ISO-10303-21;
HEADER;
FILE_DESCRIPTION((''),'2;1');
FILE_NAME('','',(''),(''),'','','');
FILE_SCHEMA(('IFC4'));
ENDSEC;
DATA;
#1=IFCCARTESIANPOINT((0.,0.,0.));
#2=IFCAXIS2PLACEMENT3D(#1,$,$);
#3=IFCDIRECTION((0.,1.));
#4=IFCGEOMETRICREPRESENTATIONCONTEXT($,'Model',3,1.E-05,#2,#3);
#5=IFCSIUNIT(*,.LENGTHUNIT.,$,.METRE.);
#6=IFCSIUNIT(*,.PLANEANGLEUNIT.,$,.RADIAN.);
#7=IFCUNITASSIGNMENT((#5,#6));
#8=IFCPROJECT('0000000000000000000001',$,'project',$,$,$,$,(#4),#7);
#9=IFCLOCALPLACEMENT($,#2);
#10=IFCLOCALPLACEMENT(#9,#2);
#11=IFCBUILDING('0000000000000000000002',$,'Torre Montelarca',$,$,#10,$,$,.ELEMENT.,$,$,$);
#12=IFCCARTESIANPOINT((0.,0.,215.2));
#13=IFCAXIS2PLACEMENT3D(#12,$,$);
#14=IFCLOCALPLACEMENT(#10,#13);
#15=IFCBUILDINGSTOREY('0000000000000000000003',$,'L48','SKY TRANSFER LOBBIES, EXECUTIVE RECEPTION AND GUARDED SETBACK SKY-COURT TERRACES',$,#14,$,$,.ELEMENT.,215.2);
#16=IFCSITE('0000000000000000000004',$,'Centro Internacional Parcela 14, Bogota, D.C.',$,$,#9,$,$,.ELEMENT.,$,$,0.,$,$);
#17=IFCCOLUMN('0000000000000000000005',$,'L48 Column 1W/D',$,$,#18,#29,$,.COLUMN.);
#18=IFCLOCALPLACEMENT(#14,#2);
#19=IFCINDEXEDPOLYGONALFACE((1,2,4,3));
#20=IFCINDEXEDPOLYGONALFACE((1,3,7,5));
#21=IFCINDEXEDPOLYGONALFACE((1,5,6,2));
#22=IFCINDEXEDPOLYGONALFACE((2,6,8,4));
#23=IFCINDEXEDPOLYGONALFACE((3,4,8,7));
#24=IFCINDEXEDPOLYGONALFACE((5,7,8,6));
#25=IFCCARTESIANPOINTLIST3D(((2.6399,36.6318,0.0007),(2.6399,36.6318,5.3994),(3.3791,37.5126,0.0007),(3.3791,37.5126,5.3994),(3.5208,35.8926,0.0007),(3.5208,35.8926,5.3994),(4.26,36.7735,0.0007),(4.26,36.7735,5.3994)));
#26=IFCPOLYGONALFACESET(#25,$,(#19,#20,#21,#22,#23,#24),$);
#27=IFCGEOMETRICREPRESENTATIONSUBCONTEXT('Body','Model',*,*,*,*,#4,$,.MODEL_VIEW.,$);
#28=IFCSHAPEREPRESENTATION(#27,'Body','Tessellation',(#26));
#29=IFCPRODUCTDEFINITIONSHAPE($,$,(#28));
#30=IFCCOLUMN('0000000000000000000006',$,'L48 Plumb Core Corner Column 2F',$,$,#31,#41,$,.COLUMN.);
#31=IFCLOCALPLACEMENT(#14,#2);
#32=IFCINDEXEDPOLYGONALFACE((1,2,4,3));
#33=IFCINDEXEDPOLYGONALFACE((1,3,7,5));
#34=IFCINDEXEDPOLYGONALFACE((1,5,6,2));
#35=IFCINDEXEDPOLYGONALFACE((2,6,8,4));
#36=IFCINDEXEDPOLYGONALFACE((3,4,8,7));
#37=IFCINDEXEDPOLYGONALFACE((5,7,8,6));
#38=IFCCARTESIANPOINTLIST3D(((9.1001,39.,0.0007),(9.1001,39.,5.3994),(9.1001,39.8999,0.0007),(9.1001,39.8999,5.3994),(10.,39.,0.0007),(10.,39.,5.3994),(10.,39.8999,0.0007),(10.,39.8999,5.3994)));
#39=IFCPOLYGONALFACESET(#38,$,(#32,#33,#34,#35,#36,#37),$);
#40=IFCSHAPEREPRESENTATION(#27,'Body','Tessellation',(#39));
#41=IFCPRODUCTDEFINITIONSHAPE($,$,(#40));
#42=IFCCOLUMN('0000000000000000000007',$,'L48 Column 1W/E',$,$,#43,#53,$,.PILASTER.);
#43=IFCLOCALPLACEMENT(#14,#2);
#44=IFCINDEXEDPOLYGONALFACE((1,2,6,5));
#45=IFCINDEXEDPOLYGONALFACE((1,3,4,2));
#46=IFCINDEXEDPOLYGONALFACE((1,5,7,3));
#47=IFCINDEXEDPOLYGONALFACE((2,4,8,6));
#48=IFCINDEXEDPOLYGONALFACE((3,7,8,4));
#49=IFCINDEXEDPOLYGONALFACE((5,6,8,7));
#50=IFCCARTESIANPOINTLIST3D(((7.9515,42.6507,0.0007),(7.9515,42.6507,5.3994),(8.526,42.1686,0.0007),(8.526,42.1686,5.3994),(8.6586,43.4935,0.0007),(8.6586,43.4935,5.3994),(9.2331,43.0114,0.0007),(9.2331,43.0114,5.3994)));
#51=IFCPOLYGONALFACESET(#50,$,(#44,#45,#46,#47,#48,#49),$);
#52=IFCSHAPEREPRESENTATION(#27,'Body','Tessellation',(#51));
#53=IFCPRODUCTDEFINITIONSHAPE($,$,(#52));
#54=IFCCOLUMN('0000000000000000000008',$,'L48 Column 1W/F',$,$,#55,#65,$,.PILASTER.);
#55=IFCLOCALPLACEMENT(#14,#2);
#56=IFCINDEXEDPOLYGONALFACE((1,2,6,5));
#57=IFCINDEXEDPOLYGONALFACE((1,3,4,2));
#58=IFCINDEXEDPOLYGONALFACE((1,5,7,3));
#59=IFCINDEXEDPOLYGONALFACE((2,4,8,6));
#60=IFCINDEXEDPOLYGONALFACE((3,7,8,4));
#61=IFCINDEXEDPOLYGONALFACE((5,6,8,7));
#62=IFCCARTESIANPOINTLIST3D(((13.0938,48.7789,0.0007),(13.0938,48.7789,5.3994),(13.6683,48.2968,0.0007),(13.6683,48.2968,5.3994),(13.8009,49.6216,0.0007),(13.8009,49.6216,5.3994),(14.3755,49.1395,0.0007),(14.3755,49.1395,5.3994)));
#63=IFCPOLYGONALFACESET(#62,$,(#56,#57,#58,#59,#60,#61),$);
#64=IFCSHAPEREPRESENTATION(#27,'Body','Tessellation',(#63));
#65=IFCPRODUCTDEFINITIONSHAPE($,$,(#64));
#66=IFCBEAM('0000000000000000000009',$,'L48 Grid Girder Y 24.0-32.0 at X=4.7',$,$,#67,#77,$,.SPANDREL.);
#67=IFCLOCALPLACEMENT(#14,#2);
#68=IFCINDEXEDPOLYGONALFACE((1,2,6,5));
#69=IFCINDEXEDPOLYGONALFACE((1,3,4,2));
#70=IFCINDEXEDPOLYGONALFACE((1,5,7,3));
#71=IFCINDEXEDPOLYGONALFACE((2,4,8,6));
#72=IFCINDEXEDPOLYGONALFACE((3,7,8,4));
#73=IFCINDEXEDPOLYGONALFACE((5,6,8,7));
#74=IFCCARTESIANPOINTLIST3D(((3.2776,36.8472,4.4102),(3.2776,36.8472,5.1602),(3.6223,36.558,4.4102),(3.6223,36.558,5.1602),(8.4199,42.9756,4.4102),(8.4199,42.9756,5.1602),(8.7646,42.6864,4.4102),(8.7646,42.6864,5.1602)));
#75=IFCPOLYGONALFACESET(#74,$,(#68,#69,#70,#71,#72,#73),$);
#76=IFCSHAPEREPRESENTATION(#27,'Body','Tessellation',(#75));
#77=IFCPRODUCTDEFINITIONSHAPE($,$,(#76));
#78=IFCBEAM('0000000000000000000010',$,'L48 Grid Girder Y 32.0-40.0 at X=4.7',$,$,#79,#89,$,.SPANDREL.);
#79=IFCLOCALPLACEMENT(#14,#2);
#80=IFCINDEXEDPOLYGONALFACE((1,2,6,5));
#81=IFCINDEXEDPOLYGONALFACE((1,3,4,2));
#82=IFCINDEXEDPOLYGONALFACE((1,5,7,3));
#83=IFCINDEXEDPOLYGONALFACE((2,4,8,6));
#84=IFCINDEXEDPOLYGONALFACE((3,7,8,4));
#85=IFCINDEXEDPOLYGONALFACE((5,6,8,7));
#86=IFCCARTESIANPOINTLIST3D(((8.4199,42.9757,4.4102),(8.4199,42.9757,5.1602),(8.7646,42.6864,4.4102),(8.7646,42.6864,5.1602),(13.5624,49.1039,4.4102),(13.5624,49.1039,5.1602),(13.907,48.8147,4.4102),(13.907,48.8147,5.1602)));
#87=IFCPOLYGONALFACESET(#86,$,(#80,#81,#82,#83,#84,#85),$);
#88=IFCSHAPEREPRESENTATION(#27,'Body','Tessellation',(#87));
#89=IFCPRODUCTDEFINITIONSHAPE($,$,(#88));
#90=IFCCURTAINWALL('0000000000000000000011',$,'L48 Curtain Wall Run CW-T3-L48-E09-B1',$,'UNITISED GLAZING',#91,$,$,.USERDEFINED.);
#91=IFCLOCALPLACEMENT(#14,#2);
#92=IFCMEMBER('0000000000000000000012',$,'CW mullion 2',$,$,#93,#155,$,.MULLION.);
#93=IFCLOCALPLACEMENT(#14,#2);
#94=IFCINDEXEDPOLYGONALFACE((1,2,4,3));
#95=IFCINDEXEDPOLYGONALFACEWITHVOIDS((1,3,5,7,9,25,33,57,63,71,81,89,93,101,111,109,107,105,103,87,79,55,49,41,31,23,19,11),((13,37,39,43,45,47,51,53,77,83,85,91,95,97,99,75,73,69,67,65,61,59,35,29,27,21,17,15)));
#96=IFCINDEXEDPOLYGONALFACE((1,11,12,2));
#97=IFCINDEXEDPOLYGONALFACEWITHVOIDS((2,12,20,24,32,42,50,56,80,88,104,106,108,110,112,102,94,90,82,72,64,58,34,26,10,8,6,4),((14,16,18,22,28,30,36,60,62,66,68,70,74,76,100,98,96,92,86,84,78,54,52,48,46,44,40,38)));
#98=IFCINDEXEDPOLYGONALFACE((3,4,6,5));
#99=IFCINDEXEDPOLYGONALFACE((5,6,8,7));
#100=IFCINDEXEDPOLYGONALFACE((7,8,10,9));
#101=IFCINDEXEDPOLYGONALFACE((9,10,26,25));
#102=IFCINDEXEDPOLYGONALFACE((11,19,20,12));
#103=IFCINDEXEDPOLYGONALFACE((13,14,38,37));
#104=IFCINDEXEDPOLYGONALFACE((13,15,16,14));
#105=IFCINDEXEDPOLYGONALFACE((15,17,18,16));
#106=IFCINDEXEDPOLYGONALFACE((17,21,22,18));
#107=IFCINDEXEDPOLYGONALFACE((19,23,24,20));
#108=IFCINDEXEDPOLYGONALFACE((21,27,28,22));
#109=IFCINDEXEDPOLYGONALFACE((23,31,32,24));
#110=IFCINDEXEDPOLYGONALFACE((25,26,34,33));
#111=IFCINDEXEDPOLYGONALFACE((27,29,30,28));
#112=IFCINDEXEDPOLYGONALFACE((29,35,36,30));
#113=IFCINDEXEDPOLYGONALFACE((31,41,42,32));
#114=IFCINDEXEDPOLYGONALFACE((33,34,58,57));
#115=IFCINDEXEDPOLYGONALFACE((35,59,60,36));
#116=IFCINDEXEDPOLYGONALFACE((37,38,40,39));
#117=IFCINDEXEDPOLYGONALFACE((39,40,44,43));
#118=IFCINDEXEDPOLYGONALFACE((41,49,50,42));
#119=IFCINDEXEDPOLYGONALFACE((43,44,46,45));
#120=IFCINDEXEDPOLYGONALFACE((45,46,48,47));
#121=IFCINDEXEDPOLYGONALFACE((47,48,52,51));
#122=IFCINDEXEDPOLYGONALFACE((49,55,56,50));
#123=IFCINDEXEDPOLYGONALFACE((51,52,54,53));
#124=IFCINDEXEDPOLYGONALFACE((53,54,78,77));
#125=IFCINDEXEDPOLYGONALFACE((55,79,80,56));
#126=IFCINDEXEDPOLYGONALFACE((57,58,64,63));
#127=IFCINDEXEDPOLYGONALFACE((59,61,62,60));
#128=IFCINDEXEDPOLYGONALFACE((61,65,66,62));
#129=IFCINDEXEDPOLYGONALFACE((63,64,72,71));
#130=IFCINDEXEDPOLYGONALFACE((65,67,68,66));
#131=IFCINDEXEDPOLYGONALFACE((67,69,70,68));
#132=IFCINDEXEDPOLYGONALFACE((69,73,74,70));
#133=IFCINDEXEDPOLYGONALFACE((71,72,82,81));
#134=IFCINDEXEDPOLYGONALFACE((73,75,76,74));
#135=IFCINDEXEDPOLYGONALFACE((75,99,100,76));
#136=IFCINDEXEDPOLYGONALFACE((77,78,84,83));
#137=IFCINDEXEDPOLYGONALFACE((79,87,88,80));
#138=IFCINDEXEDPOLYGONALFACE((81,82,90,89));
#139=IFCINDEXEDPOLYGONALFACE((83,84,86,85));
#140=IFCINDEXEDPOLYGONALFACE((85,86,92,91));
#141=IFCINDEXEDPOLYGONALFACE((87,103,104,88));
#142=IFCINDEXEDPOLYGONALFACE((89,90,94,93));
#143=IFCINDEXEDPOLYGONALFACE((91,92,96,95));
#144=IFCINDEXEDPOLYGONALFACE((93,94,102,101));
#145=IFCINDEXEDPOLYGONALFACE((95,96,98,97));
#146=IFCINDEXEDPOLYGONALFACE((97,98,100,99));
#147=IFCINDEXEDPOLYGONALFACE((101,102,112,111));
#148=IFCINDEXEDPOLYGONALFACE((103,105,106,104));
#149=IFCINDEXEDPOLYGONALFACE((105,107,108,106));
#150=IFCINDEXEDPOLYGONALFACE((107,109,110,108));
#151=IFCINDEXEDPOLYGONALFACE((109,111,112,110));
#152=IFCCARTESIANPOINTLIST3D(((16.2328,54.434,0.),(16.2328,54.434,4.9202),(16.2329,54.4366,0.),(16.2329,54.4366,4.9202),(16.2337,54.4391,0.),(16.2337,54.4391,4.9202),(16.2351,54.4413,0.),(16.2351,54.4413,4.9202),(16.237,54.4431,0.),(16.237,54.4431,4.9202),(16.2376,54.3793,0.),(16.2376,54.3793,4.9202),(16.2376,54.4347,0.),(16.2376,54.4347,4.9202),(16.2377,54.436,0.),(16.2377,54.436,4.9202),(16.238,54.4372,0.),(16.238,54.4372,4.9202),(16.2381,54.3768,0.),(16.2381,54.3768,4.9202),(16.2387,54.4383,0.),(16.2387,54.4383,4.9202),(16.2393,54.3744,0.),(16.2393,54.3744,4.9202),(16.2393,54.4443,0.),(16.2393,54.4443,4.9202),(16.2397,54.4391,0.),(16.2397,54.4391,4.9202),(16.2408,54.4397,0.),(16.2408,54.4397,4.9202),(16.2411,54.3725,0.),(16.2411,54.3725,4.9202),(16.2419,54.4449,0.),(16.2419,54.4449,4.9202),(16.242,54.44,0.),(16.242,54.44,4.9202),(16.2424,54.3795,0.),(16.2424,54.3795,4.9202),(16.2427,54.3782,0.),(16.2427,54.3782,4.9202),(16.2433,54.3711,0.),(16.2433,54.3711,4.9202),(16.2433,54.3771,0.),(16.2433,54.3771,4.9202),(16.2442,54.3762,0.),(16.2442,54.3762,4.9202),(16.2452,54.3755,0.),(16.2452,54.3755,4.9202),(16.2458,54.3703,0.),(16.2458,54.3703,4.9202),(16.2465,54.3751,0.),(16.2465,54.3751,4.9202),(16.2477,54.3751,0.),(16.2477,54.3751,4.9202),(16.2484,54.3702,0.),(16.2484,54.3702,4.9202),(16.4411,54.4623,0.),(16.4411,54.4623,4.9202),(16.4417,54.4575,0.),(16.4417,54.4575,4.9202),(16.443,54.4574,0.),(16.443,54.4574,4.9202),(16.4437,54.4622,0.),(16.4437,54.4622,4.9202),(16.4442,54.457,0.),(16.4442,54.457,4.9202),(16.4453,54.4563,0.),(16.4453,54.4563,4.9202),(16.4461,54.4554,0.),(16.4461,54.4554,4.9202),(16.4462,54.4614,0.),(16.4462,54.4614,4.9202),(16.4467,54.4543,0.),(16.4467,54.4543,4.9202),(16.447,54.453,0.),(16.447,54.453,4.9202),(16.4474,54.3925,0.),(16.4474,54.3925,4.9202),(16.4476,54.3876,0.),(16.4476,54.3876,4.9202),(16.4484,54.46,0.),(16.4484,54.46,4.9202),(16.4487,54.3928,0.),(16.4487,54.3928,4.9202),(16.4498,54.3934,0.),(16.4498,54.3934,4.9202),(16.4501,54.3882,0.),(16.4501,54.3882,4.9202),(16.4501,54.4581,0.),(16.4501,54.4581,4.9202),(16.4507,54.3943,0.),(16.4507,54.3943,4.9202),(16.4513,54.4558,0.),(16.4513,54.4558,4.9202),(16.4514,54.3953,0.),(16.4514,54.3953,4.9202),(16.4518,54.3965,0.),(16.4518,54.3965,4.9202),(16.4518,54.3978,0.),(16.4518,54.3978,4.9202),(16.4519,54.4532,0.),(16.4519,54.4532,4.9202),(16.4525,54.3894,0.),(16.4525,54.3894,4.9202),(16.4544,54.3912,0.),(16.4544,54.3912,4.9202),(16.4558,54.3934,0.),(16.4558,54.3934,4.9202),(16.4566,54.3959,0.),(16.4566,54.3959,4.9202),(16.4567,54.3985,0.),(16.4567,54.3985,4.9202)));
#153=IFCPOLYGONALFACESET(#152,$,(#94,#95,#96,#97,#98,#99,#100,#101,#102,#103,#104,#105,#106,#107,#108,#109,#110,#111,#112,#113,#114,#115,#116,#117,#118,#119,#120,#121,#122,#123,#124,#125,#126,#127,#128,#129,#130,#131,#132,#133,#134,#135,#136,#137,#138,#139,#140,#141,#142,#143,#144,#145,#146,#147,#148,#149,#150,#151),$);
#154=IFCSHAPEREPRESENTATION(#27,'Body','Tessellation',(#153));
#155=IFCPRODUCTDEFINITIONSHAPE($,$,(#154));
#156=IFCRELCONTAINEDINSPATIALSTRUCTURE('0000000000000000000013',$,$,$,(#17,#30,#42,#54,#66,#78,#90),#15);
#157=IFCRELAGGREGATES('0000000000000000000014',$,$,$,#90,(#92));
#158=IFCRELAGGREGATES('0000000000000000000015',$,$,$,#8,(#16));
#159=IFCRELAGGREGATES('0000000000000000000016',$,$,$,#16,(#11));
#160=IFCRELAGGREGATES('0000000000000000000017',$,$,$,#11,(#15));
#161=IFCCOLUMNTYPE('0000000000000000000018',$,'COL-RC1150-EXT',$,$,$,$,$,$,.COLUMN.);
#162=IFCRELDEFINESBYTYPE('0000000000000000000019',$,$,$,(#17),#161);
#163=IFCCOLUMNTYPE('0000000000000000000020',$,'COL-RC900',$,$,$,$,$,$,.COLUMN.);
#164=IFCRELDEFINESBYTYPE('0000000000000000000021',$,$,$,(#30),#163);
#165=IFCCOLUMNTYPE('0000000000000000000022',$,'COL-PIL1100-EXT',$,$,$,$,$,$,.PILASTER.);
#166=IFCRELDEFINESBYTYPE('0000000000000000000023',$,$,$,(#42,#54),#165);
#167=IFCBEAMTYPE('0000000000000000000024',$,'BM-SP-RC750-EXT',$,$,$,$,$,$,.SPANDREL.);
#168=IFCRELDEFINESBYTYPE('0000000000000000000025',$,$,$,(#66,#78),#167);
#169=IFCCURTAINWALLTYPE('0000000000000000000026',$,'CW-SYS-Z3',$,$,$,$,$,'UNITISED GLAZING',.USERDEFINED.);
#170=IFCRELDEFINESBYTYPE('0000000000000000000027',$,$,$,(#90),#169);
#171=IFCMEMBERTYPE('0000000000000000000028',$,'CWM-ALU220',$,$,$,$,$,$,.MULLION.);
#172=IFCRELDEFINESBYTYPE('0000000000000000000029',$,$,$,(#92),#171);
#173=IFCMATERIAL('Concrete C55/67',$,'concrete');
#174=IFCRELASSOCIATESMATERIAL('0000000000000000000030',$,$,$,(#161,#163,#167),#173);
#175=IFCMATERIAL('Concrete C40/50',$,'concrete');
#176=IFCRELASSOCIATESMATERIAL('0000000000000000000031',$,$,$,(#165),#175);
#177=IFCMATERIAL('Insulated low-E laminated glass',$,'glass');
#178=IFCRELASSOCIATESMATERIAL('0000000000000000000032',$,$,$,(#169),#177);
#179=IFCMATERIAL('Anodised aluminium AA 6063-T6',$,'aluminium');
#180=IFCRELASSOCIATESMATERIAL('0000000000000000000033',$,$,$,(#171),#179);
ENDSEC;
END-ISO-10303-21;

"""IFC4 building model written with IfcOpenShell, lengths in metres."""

from ifc_helpers import new_model, si_unit, direction, frame, origin, origin_2d, place, context, subcontext, project, spatial, rectangle, hollow_rectangle, extrude, source, transform, mapped, material, material_profile, profile_set, type_object, element, aggregate, save


model = new_model("IFC4")

# Units and contexts
model_context = context("Model", 3, precision=1e-05, world=origin(), true_north=direction((0.0, 1.0)))
body_context = subcontext(model_context, "Body", "Model", "MODEL_VIEW")
ifc_project = project(units=[si_unit("LENGTHUNIT", "METRE"), si_unit("PLANEANGLEUNIT", "RADIAN")], contexts=[model_context])

# Site, building, storey
site_placement = place(None, origin())
site = spatial("IfcSite", under=ifc_project, at=site_placement, Name="Centro Internacional Parcela 14, Bogota, D.C.", CompositionType="ELEMENT", RefElevation=0.0)
building_placement = place(site_placement, origin())
building = spatial("IfcBuilding", under=site, at=building_placement, Name="Torre Montelarca", CompositionType="ELEMENT")
storey_placement = place(building_placement, frame((0.0, 0.0, 215.2)))
storey = spatial("IfcBuildingStorey", under=building, at=storey_placement, Name="L48", Description="SKY TRANSFER LOBBIES, EXECUTIVE RECEPTION AND GUARDED SETBACK SKY-COURT TERRACES", CompositionType="ELEMENT", Elevation=215.2)

# Columns
ifc_material_1 = material(Name="Concrete C55/67", Category="concrete")
ifc_material_profile_1 = material_profile(ifc_material_1, rectangle(XDim=1.1499, YDim=1.1499, at=origin_2d()), Name="RC1150X1150", Category="concrete")
ifc_profile_set_1 = profile_set([ifc_material_profile_1], Name="Concrete C55/67")
column_type_1 = type_object("IfcColumnType", Name="COL-RC1150-EXT", PredefinedType="COLUMN", material=ifc_profile_set_1)
shared_shape_1 = source(origin(), body_context, "Body", "SweptSolid", [
    extrude(rectangle(XDim=1.1499, YDim=1.1499, at=origin_2d()), origin(), (0.0, 0.0, 1.0), 5.3987),
])
column_1_placement = place(storey_placement, frame((3.45, 36.7026, 0.0007), z_axis=(0.0, 0.0, 1.0), x_axis=(-0.766044, 0.642788, 0.0)))
element("IfcColumn", 1, at=column_1_placement, inside=storey, type_object=column_type_1, Name="L48 Column 1W/D", PredefinedType="COLUMN", context=body_context, shape_type="MappedRepresentation", body=[
    mapped(shared_shape_1, transform((0.0, 0.0, 0.0), scale=1.0)),
])
ifc_material_profile_2 = material_profile(ifc_material_1, rectangle(XDim=0.8999, YDim=0.8999, at=origin_2d()), Name="RC900X900", Category="concrete")
ifc_profile_set_2 = profile_set([ifc_material_profile_2], Name="Concrete C55/67")
column_type_2 = type_object("IfcColumnType", Name="COL-RC900", PredefinedType="COLUMN", material=ifc_profile_set_2)
shared_shape_2 = source(origin(), body_context, "Body", "SweptSolid", [
    extrude(rectangle(XDim=0.8999, YDim=0.8999, at=origin_2d()), origin(), (0.0, 0.0, 1.0), 5.3987),
])
column_2_placement = place(storey_placement, frame((9.55, 39.45, 0.0007), z_axis=(0.0, 0.0, 1.0), x_axis=(1.0, 0.0, 0.0)))
element("IfcColumn", 2, at=column_2_placement, inside=storey, type_object=column_type_2, Name="L48 Plumb Core Corner Column 2F", PredefinedType="COLUMN", context=body_context, shape_type="MappedRepresentation", body=[
    mapped(shared_shape_2, transform((0.0, 0.0, 0.0), scale=1.0)),
])
ifc_material_2 = material(Name="Concrete C40/50", Category="concrete")
ifc_material_profile_3 = material_profile(ifc_material_2, rectangle(XDim=0.75, YDim=1.1001, at=origin_2d()), Name="RC1100X750", Category="concrete")
ifc_profile_set_3 = profile_set([ifc_material_profile_3], Name="Concrete C40/50")
column_type_3 = type_object("IfcColumnType", Name="COL-PIL1100-EXT", PredefinedType="PILASTER", material=ifc_profile_set_3)
shared_shape_3 = source(origin(), body_context, "Body", "SweptSolid", [
    extrude(rectangle(XDim=0.75, YDim=1.1001, at=origin_2d()), origin(), (0.0, 0.0, 1.0), 5.3987),
])
for number, where, z_axis, x_axis, name in (
    (3, (8.5923, 42.8311, 0.0007), (0.0, 0.0, 1.0), (-0.766044, 0.642788, 0.0), "L48 Column 1W/E"),
    (4, (13.7346, 48.9592, 0.0007), (0.0, 0.0, 1.0), (-0.766044, 0.642788, 0.0), "L48 Column 1W/F"),
):
    element("IfcColumn", number, at=place(storey_placement, frame(where, z_axis=z_axis, x_axis=x_axis)), inside=storey, type_object=column_type_3, Name=name, PredefinedType="PILASTER", context=body_context, shape_type="MappedRepresentation", body=[
        mapped(shared_shape_3, transform((0.0, 0.0, 0.0), scale=1.0)),
    ])

# Beams
ifc_material_profile_4 = material_profile(ifc_material_1, rectangle(XDim=0.45, YDim=0.75, at=origin_2d()), Name="RCB450X750", Category="concrete")
ifc_profile_set_4 = profile_set([ifc_material_profile_4], Name="Concrete C55/67")
beam_type = type_object("IfcBeamType", Name="BM-SP-RC750-EXT", PredefinedType="SPANDREL", material=ifc_profile_set_4)
shared_shape_4 = source(origin(), body_context, "Body", "SweptSolid", [
    extrude(rectangle(XDim=0.45, YDim=0.75, at=origin_2d()), origin(), (0.0, 0.0, 1.0), 8.0),
])
for number, where, z_axis, x_axis, name in (
    (5, (3.45, 36.7026, 4.7852), (0.642786, 0.766046, 0.0), (-0.766046, 0.642786, 0.0), "L48 Grid Girder Y 24.0-32.0 at X=4.7"),
    (6, (8.5923, 42.8311, 4.7852), (0.642801, 0.766033, 0.0), (-0.766033, 0.642801, 0.0), "L48 Grid Girder Y 32.0-40.0 at X=4.7"),
):
    element("IfcBeam", number, at=place(storey_placement, frame(where, z_axis=z_axis, x_axis=x_axis)), inside=storey, type_object=beam_type, Name=name, PredefinedType="SPANDREL", context=body_context, shape_type="MappedRepresentation", body=[
        mapped(shared_shape_4, transform((0.0, 0.0, 0.0), scale=1.0)),
    ])

# Curtain wall, member
ifc_material_3 = material(Name="Insulated low-E laminated glass", Category="glass")
curtain_wall_type = type_object("IfcCurtainWallType", Name="CW-SYS-Z3", ElementType="UNITISED GLAZING", PredefinedType="USERDEFINED", material=ifc_material_3)
curtain_wall_1_placement = place(storey_placement, origin())
curtain_wall_1 = element("IfcCurtainWall", 7, at=curtain_wall_1_placement, inside=storey, type_object=curtain_wall_type, Name="L48 Curtain Wall Run CW-T3-L48-E09-B1", ObjectType="UNITISED GLAZING", PredefinedType="USERDEFINED")
ifc_material_4 = material(Name="Anodised aluminium AA 6063-T6", Category="aluminium")
ifc_material_profile_5 = material_profile(ifc_material_4, hollow_rectangle(XDim=0.075, YDim=0.22, WallThickness=0.0049, InnerFilletRadius=0.0049, OuterFilletRadius=0.01, at=origin_2d()), Name="ALU75X220X5", Category="aluminium")
ifc_profile_set_5 = profile_set([ifc_material_profile_5], Name="Anodised aluminium AA 6063-T6")
member_type_1 = type_object("IfcMemberType", Name="CWM-ALU220", PredefinedType="MULLION", material=ifc_profile_set_5)
shared_shape_5 = source(origin(), body_context, "Body", "SweptSolid", [
    extrude(hollow_rectangle(XDim=0.075, YDim=0.22, WallThickness=0.0049, InnerFilletRadius=0.0049, OuterFilletRadius=0.01, at=origin_2d()), origin(), (0.0, 0.0, 1.0), 4.9202),
])
member_1_placement = place(storey_placement, frame((16.3447, 54.4163, 0.0), z_axis=(0.0, 0.0, 1.0), x_axis=(0.087183, -0.996192, 0.0)))
member_1 = element("IfcMember", 8, at=member_1_placement, type_object=member_type_1, Name="CW mullion 2", PredefinedType="MULLION", context=body_context, shape_type="MappedRepresentation", body=[
    mapped(shared_shape_5, transform((0.0, 0.0, 0.0), scale=1.0)),
])

aggregate(curtain_wall_1, [member_1])

save(model, "model.ifc")
